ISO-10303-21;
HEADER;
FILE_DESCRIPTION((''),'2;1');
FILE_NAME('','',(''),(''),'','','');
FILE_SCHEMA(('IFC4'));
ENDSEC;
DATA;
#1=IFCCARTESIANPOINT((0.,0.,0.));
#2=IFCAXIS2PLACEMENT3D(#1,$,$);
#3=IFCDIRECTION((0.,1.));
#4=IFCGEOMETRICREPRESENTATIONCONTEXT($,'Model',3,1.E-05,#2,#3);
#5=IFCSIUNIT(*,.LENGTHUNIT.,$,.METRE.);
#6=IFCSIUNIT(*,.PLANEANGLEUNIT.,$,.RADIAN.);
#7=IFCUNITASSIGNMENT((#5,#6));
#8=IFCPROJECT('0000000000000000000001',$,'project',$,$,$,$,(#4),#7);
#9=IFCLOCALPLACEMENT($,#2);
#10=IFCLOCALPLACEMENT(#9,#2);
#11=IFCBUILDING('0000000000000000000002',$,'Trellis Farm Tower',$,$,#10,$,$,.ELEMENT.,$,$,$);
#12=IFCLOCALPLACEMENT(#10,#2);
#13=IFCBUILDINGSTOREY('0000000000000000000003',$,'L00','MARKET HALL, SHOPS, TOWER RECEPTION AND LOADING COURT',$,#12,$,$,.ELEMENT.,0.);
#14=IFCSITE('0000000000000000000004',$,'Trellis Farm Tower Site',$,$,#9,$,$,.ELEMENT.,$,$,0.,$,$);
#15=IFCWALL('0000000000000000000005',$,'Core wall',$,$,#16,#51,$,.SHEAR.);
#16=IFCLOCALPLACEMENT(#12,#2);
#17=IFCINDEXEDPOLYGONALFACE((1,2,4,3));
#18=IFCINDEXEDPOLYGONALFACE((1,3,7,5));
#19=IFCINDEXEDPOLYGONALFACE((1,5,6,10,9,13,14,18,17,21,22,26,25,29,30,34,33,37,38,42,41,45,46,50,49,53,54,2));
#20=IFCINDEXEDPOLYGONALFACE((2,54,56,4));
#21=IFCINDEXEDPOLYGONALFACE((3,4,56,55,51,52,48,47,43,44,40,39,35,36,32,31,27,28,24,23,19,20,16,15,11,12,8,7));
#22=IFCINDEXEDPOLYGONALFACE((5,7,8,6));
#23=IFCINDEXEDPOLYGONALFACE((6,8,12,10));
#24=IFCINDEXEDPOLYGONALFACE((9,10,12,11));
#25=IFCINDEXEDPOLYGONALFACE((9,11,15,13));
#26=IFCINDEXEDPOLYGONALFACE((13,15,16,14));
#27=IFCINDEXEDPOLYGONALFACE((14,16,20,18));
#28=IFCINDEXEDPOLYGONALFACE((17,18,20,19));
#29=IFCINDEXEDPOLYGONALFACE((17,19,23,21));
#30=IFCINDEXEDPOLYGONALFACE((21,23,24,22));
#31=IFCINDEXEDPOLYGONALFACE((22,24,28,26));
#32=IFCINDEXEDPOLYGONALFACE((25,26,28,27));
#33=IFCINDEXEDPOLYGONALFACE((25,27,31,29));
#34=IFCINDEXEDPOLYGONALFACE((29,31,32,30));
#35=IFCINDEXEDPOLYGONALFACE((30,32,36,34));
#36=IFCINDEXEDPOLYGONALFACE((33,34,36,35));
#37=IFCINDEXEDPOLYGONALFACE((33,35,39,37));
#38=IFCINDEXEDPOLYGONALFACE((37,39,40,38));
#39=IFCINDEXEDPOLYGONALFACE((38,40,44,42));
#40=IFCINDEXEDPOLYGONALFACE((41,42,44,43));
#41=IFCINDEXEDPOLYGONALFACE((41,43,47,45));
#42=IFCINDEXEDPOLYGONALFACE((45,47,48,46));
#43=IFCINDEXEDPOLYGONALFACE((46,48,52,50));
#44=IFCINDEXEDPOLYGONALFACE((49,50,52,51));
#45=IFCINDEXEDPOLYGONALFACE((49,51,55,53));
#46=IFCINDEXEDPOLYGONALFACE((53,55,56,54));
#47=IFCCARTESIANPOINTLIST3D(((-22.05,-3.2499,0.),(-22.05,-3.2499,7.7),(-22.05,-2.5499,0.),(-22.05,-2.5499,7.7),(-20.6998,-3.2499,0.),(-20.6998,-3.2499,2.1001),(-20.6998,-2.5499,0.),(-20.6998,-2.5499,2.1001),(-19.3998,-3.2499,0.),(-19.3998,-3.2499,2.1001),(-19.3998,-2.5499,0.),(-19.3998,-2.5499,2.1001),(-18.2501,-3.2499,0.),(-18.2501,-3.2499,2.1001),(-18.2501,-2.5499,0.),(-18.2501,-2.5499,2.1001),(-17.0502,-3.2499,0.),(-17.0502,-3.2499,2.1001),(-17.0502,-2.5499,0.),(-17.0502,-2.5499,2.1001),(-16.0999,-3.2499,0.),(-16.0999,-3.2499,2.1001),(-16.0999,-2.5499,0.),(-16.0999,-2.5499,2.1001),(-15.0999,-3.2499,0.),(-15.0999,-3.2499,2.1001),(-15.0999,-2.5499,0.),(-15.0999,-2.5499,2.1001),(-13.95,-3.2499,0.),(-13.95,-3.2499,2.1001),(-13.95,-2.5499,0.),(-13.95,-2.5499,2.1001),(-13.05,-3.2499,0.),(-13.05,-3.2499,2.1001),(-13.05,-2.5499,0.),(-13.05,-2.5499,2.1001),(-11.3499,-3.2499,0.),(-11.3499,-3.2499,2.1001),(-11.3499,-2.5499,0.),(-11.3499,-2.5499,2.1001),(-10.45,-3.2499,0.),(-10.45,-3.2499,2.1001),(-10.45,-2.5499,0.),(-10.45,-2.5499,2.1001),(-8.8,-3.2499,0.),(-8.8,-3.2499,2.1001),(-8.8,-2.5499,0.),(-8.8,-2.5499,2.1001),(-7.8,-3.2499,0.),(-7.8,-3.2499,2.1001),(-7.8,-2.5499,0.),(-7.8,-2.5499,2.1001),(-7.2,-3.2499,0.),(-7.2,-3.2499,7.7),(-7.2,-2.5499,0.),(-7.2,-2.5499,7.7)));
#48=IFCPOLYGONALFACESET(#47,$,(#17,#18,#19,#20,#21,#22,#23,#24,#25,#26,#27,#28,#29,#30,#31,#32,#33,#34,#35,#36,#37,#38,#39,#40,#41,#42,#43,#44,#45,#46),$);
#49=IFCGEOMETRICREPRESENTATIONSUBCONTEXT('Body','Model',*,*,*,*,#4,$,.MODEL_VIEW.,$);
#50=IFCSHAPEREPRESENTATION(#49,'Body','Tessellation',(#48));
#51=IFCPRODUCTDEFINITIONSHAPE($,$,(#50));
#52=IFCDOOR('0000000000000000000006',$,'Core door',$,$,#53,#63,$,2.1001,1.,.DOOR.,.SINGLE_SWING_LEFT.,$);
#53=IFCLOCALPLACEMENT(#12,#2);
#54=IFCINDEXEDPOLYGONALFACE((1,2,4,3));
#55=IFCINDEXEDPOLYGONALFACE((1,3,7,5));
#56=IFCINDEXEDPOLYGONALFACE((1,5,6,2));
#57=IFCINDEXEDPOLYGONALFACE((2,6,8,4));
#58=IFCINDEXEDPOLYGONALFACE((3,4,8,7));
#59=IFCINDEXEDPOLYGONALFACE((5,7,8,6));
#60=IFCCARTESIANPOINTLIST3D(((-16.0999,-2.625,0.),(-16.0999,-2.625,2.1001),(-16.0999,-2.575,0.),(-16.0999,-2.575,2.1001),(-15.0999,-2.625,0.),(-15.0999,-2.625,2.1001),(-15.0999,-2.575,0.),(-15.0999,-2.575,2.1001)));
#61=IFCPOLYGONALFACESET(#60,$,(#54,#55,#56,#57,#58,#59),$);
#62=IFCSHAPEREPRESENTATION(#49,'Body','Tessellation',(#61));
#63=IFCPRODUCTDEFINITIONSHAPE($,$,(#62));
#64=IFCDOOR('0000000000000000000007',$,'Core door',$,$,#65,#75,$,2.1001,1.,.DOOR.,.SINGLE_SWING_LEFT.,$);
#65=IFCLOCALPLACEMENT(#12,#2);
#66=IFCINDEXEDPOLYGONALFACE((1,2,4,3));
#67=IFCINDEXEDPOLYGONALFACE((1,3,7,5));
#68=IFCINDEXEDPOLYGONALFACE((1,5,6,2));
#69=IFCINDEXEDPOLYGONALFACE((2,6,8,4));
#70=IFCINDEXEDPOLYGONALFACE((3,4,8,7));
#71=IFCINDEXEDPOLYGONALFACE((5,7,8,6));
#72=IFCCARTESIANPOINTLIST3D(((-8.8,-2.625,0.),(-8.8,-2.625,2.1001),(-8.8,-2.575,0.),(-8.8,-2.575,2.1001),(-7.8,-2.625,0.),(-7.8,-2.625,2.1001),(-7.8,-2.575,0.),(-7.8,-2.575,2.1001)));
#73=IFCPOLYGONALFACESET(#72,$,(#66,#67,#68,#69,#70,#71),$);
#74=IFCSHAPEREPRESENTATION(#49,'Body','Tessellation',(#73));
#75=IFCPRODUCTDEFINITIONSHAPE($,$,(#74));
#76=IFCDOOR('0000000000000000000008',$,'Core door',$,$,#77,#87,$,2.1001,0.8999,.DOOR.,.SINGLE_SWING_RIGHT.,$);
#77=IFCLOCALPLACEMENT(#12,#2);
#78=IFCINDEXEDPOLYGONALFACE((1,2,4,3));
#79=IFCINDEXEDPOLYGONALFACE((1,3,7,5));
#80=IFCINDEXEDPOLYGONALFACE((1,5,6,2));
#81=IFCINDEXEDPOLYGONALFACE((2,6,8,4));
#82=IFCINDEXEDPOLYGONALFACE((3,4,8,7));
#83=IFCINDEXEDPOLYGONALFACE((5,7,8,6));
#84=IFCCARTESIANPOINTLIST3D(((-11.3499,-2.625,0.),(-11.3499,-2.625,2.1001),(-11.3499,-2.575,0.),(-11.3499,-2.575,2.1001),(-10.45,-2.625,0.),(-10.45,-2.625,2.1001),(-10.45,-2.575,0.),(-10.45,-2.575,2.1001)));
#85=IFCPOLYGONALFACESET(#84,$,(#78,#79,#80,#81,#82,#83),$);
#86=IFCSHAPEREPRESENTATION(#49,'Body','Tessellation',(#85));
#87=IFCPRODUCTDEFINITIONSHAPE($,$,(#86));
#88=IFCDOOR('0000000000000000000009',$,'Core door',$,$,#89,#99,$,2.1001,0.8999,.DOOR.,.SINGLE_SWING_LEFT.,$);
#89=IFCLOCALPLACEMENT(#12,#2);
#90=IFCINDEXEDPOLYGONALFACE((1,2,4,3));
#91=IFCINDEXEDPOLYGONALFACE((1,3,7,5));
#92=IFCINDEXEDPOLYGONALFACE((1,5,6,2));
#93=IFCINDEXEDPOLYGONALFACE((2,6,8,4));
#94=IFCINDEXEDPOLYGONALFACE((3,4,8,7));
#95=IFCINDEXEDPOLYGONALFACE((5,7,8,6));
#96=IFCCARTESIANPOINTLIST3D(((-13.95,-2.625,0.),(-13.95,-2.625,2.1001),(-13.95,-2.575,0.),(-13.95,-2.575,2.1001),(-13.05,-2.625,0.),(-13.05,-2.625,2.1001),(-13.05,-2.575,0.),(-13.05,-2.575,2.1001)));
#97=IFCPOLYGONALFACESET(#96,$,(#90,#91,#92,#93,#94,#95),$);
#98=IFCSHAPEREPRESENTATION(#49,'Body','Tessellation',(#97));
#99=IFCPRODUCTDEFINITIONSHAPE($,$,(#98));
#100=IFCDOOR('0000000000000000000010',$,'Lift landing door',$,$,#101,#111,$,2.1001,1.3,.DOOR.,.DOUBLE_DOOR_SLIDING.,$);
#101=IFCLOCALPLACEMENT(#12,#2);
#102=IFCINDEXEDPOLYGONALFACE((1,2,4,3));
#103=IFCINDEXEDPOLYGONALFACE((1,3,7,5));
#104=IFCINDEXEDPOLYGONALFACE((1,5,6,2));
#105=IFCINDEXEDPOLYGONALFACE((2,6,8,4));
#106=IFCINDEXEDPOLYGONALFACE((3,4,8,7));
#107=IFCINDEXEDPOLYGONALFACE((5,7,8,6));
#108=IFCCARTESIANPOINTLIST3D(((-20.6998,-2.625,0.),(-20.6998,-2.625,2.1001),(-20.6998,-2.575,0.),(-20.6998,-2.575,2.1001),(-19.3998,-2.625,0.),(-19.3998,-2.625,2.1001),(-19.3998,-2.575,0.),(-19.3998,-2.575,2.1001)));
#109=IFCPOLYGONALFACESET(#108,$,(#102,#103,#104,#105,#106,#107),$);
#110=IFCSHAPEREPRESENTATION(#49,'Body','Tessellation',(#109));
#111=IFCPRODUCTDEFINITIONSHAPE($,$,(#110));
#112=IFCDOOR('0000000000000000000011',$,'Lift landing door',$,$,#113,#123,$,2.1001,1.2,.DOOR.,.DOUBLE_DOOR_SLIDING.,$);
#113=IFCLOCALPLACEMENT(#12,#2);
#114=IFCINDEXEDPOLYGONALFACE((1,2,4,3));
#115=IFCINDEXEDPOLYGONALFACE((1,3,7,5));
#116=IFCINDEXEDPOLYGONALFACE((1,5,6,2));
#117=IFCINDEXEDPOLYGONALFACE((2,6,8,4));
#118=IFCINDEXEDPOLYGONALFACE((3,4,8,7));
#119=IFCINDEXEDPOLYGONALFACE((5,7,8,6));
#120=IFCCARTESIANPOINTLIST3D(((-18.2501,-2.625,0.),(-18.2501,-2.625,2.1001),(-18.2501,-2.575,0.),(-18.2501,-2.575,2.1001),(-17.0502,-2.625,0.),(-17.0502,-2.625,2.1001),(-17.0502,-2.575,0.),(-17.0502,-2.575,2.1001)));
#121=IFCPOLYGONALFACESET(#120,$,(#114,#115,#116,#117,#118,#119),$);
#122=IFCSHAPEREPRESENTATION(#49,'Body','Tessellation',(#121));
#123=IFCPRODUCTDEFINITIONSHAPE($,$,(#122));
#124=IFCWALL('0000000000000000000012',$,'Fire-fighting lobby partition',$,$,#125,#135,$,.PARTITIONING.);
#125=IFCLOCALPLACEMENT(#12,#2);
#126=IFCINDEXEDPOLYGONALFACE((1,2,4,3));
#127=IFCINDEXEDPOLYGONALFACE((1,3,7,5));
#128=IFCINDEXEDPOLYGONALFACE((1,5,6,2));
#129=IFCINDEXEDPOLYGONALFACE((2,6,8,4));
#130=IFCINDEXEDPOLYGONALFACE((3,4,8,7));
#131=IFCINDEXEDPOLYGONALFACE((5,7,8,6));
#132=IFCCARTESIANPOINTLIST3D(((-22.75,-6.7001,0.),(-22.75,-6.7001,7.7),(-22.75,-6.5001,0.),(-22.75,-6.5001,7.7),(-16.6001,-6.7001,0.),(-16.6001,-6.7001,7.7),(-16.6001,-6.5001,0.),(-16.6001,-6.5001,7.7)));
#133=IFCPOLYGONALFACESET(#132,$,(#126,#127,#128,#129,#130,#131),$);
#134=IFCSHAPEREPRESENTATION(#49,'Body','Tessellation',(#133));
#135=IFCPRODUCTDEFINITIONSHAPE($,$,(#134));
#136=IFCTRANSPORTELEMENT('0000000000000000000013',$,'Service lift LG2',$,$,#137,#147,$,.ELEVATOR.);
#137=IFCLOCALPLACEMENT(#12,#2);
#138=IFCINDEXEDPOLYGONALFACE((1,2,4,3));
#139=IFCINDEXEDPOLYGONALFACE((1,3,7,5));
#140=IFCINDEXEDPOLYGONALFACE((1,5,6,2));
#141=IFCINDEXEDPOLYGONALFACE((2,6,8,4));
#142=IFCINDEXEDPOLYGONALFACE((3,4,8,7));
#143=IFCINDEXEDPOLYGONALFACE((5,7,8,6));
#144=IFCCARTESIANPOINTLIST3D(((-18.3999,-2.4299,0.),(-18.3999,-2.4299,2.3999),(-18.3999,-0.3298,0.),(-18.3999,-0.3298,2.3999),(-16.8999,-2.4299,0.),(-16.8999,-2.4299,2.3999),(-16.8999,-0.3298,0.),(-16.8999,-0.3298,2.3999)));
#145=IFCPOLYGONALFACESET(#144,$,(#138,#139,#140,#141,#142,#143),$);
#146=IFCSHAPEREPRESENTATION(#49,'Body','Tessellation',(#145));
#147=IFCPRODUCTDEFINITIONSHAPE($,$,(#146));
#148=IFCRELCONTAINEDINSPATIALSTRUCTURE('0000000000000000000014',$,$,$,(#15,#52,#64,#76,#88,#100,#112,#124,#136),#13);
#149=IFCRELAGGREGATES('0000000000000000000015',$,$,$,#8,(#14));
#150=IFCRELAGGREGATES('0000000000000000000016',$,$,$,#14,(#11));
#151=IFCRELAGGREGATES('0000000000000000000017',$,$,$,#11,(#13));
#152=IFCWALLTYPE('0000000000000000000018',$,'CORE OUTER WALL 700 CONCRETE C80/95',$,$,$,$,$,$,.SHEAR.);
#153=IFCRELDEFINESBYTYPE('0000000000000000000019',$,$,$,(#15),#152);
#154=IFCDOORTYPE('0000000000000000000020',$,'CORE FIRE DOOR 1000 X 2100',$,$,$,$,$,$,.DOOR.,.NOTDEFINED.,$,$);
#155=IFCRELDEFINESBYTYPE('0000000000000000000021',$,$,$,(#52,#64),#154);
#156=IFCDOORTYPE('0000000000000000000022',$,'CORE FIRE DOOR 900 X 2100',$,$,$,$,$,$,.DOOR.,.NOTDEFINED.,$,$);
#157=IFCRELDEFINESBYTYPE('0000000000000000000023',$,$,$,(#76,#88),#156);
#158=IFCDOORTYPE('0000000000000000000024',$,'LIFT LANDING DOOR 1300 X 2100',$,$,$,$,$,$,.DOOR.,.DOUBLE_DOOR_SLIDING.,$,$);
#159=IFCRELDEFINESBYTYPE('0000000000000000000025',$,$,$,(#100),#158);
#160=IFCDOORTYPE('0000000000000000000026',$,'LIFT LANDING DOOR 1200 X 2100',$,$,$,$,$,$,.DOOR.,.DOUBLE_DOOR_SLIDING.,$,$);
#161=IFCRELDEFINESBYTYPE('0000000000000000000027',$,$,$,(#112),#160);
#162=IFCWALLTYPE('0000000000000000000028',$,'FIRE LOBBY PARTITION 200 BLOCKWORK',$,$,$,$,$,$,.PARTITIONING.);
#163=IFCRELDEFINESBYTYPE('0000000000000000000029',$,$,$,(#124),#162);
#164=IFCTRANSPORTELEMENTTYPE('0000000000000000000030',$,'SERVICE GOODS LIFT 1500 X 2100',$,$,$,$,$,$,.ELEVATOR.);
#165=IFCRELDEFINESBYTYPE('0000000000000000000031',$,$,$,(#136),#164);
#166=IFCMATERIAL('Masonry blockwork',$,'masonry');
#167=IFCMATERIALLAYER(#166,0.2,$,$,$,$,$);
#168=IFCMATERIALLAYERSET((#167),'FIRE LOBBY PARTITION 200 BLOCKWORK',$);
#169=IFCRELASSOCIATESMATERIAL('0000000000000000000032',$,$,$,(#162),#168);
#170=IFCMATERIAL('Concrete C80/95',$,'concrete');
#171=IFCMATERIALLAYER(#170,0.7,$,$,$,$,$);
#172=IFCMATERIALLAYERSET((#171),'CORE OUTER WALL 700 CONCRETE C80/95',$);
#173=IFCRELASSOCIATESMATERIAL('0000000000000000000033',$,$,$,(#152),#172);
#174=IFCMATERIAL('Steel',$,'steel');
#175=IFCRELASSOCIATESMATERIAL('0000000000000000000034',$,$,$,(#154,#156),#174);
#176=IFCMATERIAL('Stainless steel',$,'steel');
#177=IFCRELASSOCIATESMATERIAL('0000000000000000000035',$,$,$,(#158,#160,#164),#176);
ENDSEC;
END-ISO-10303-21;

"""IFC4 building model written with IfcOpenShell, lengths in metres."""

from ifc_helpers import new_model, si_unit, direction, frame, frame_2d, origin, origin_2d, place, context, subcontext, project, spatial, rectangle, extrude, source, transform, mapped, material, layer, layer_set, type_object, element, fill, save


model = new_model("IFC4")

# Units and contexts
model_context = context("Model", 3, precision=1e-05, world=origin(), true_north=direction((0.0, 1.0)))
body_context = subcontext(model_context, "Body", "Model", "MODEL_VIEW")
ifc_project = project(units=[si_unit("LENGTHUNIT", "METRE"), si_unit("PLANEANGLEUNIT", "RADIAN")], contexts=[model_context])

# Site, building, storey
site_placement = place(None, origin())
site = spatial("IfcSite", under=ifc_project, at=site_placement, Name="Trellis Farm Tower Site", CompositionType="ELEMENT", RefElevation=0.0)
building_placement = place(site_placement, origin())
building = spatial("IfcBuilding", under=site, at=building_placement, Name="Trellis Farm Tower", CompositionType="ELEMENT")
storey_placement = place(building_placement, origin())
storey = spatial("IfcBuildingStorey", under=building, at=storey_placement, Name="L00", Description="MARKET HALL, SHOPS, TOWER RECEPTION AND LOADING COURT", CompositionType="ELEMENT", Elevation=0.0)

# Shared definitions
ifc_material_1 = material(Name="Concrete C80/95", Category="concrete")

# Shared definitions
ifc_material_2 = material(Name="Masonry blockwork", Category="masonry")
ifc_layer_1 = layer(ifc_material_2, 0.2)
ifc_layer_set_1 = layer_set([ifc_layer_1], Name="FIRE LOBBY PARTITION 200 BLOCKWORK")
wall_type_1 = type_object("IfcWallType", Name="FIRE LOBBY PARTITION 200 BLOCKWORK", PredefinedType="PARTITIONING", material=ifc_layer_set_1)
ifc_material_3 = material(Name="Steel", Category="steel")

# Wall, openings, doors
ifc_layer_2 = layer(ifc_material_1, 0.7)
ifc_layer_set_2 = layer_set([ifc_layer_2], Name="CORE OUTER WALL 700 CONCRETE C80/95")
wall_type_2 = type_object("IfcWallType", Name="CORE OUTER WALL 700 CONCRETE C80/95", PredefinedType="SHEAR", material=ifc_layer_set_2)
shared_shape_1 = source(origin(), body_context, "Body", "SweptSolid", [
    extrude(rectangle(XDim=14.8501, YDim=0.7, at=frame_2d((7.425, 0.0))), origin(), (0.0, 0.0, 1.0), 7.7),
])
wall_1_placement = place(storey_placement, frame((-7.2, -2.8999, 0.0), z_axis=(0.0, 0.0, 1.0), x_axis=(-1.0, 0.0, 0.0)))
wall_1 = element("IfcWall", 1, at=wall_1_placement, inside=storey, type_object=wall_type_2, Name="Core wall", PredefinedType="SHEAR", context=body_context, shape_type="MappedRepresentation", body=[
    mapped(shared_shape_1, transform((0.0, 0.0, 0.0))),
])
shared_shape_2 = source(origin(), body_context, "Body", "SweptSolid", [
    extrude(rectangle(XDim=1.3, YDim=2.1001, at=frame_2d((0.6499, 1.05))), frame((0.0, 0.3601, 0.0), z_axis=(0.0, -1.0, 0.0), x_axis=(1.0, 0.0, 0.0)), (0.0, 0.0, 1.0), 0.7202),
])
opening_1_placement = place(wall_1_placement, frame((12.2, 0.0, 0.0)))
opening_1 = element("IfcOpeningElement", 2, at=opening_1_placement, cuts=wall_1, PredefinedType="OPENING", context=body_context, shape_type="MappedRepresentation", body=[
    mapped(shared_shape_2, transform((0.0, 0.0, 0.0))),
])
shared_shape_3 = source(origin(), body_context, "Body", "SweptSolid", [
    extrude(rectangle(XDim=1.2, YDim=2.1001, at=frame_2d((0.6001, 1.05))), frame((0.0, 0.3601, 0.0), z_axis=(0.0, -1.0, 0.0), x_axis=(1.0, 0.0, 0.0)), (0.0, 0.0, 1.0), 0.7202),
])
opening_2_placement = place(wall_1_placement, frame((9.8501, 0.0, 0.0)))
opening_2 = element("IfcOpeningElement", 3, at=opening_2_placement, cuts=wall_1, PredefinedType="OPENING", context=body_context, shape_type="MappedRepresentation", body=[
    mapped(shared_shape_3, transform((0.0, 0.0, 0.0))),
])
shared_shape_4 = source(origin(), body_context, "Body", "SweptSolid", [
    extrude(rectangle(XDim=1.0, YDim=2.1001, at=frame_2d((0.5, 1.05))), frame((0.0, 0.3601, 0.0), z_axis=(0.0, -1.0, 0.0), x_axis=(1.0, 0.0, 0.0)), (0.0, 0.0, 1.0), 0.7202),
])
opening_3_placement = place(wall_1_placement, frame((7.8999, 0.0, 0.0)))
opening_3 = element("IfcOpeningElement", 4, at=opening_3_placement, cuts=wall_1, PredefinedType="OPENING", context=body_context, shape_type="MappedRepresentation", body=[
    mapped(shared_shape_4, transform((0.0, 0.0, 0.0))),
])
opening_4_placement = place(wall_1_placement, frame((0.6001, 0.0, 0.0)))
opening_4 = element("IfcOpeningElement", 5, at=opening_4_placement, cuts=wall_1, PredefinedType="OPENING", context=body_context, shape_type="MappedRepresentation", body=[
    mapped(shared_shape_4, transform((0.0, 0.0, 0.0))),
])
shared_shape_5 = source(origin(), body_context, "Body", "SweptSolid", [
    extrude(rectangle(XDim=0.8999, YDim=2.1001, at=frame_2d((0.45, 1.05))), frame((0.0, 0.3601, 0.0), z_axis=(0.0, -1.0, 0.0), x_axis=(1.0, 0.0, 0.0)), (0.0, 0.0, 1.0), 0.7202),
])
opening_5_placement = place(wall_1_placement, frame((3.25, 0.0, 0.0)))
opening_5 = element("IfcOpeningElement", 6, at=opening_5_placement, cuts=wall_1, PredefinedType="OPENING", context=body_context, shape_type="MappedRepresentation", body=[
    mapped(shared_shape_5, transform((0.0, 0.0, 0.0))),
])
opening_6_placement = place(wall_1_placement, frame((5.8501, 0.0, 0.0)))
opening_6 = element("IfcOpeningElement", 7, at=opening_6_placement, cuts=wall_1, PredefinedType="OPENING", context=body_context, shape_type="MappedRepresentation", body=[
    mapped(shared_shape_5, transform((0.0, 0.0, 0.0))),
])
door_type_1 = type_object("IfcDoorType", Name="CORE FIRE DOOR 1000 X 2100", OperationType="NOTDEFINED", PredefinedType="DOOR", material=ifc_material_3)
shared_shape_6 = source(origin(), body_context, "Body", "SweptSolid", [
    extrude(rectangle(XDim=1.0, YDim=2.1001, at=frame_2d((0.5, 1.05))), frame((0.0, -0.2749, 0.0), z_axis=(0.0, -1.0, 0.0), x_axis=(1.0, 0.0, 0.0)), (0.0, 0.0, 1.0), 0.05),
])
door_1_placement = place(opening_3_placement, origin())
door_1 = element("IfcDoor", 8, at=door_1_placement, inside=storey, type_object=door_type_1, Name="Core door", OperationType="SINGLE_SWING_LEFT", OverallHeight=2.1001, OverallWidth=1.0, PredefinedType="DOOR", context=body_context, shape_type="MappedRepresentation", body=[
    mapped(shared_shape_6, transform((0.0, 0.0, 0.0))),
])
fill(opening_3, door_1)
door_2_placement = place(opening_4_placement, origin())
door_2 = element("IfcDoor", 9, at=door_2_placement, inside=storey, type_object=door_type_1, Name="Core door", OperationType="SINGLE_SWING_LEFT", OverallHeight=2.1001, OverallWidth=1.0, PredefinedType="DOOR", context=body_context, shape_type="MappedRepresentation", body=[
    mapped(shared_shape_6, transform((0.0, 0.0, 0.0))),
])
fill(opening_4, door_2)
door_type_2 = type_object("IfcDoorType", Name="CORE FIRE DOOR 900 X 2100", OperationType="NOTDEFINED", PredefinedType="DOOR", material=ifc_material_3)
shared_shape_7 = source(origin(), body_context, "Body", "SweptSolid", [
    extrude(rectangle(XDim=0.8999, YDim=2.1001, at=frame_2d((0.45, 1.05))), frame((0.0, -0.2749, 0.0), z_axis=(0.0, -1.0, 0.0), x_axis=(1.0, 0.0, 0.0)), (0.0, 0.0, 1.0), 0.05),
])
door_3_placement = place(opening_5_placement, origin())
door_3 = element("IfcDoor", 10, at=door_3_placement, inside=storey, type_object=door_type_2, Name="Core door", OperationType="SINGLE_SWING_RIGHT", OverallHeight=2.1001, OverallWidth=0.8999, PredefinedType="DOOR", context=body_context, shape_type="MappedRepresentation", body=[
    mapped(shared_shape_7, transform((0.0, 0.0, 0.0))),
])
fill(opening_5, door_3)
door_4_placement = place(opening_6_placement, origin())
door_4 = element("IfcDoor", 11, at=door_4_placement, inside=storey, type_object=door_type_2, Name="Core door", OperationType="SINGLE_SWING_LEFT", OverallHeight=2.1001, OverallWidth=0.8999, PredefinedType="DOOR", context=body_context, shape_type="MappedRepresentation", body=[
    mapped(shared_shape_7, transform((0.0, 0.0, 0.0))),
])
fill(opening_6, door_4)
ifc_material_4 = material(Name="Stainless steel", Category="steel")
door_type_3 = type_object("IfcDoorType", Name="LIFT LANDING DOOR 1300 X 2100", OperationType="DOUBLE_DOOR_SLIDING", PredefinedType="DOOR", material=ifc_material_4)
shared_shape_8 = source(origin(), body_context, "Body", "SweptSolid", [
    extrude(rectangle(XDim=1.3, YDim=2.1001, at=frame_2d((0.6499, 1.05))), frame((0.0, -0.2749, 0.0), z_axis=(0.0, -1.0, 0.0), x_axis=(1.0, 0.0, 0.0)), (0.0, 0.0, 1.0), 0.05),
])
door_5_placement = place(opening_1_placement, origin())
door_5 = element("IfcDoor", 12, at=door_5_placement, inside=storey, type_object=door_type_3, Name="Lift landing door", OperationType="DOUBLE_DOOR_SLIDING", OverallHeight=2.1001, OverallWidth=1.3, PredefinedType="DOOR", context=body_context, shape_type="MappedRepresentation", body=[
    mapped(shared_shape_8, transform((0.0, 0.0, 0.0))),
])
fill(opening_1, door_5)
door_type_4 = type_object("IfcDoorType", Name="LIFT LANDING DOOR 1200 X 2100", OperationType="DOUBLE_DOOR_SLIDING", PredefinedType="DOOR", material=ifc_material_4)
shared_shape_9 = source(origin(), body_context, "Body", "SweptSolid", [
    extrude(rectangle(XDim=1.2, YDim=2.1001, at=frame_2d((0.6001, 1.05))), frame((0.0, -0.2749, 0.0), z_axis=(0.0, -1.0, 0.0), x_axis=(1.0, 0.0, 0.0)), (0.0, 0.0, 1.0), 0.05),
])
door_6_placement = place(opening_2_placement, origin())
door_6 = element("IfcDoor", 13, at=door_6_placement, inside=storey, type_object=door_type_4, Name="Lift landing door", OperationType="DOUBLE_DOOR_SLIDING", OverallHeight=2.1001, OverallWidth=1.2, PredefinedType="DOOR", context=body_context, shape_type="MappedRepresentation", body=[
    mapped(shared_shape_9, transform((0.0, 0.0, 0.0))),
])
fill(opening_2, door_6)

# Wall
shared_shape_10 = source(origin(), body_context, "Body", "SweptSolid", [
    extrude(rectangle(XDim=6.1499, YDim=0.2, at=frame_2d((3.075, 0.0))), origin(), (0.0, 0.0, 1.0), 7.7),
])
wall_2_placement = place(storey_placement, frame((-16.6001, -6.6001, 0.0), z_axis=(0.0, 0.0, 1.0), x_axis=(-1.0, 0.0, 0.0)))
element("IfcWall", 14, at=wall_2_placement, inside=storey, type_object=wall_type_1, Name="Fire-fighting lobby partition", PredefinedType="PARTITIONING", context=body_context, shape_type="MappedRepresentation", body=[
    mapped(shared_shape_10, transform((0.0, 0.0, 0.0))),
])

# Transport element
transport_element_type = type_object("IfcTransportElementType", Name="SERVICE GOODS LIFT 1500 X 2100", PredefinedType="ELEVATOR", material=ifc_material_4)
shared_shape_11 = source(origin(), body_context, "Body", "SweptSolid", [
    extrude(rectangle(XDim=1.5, YDim=2.1001, at=origin_2d()), origin(), (0.0, 0.0, 1.0), 2.3999),
])
transport_element_placement = place(storey_placement, frame((-17.6499, -1.3799, 0.0), z_axis=(0.0, 0.0, 1.0), x_axis=(-1.0, 0.0, 0.0)))
element("IfcTransportElement", 15, at=transport_element_placement, inside=storey, type_object=transport_element_type, Name="Service lift LG2", PredefinedType="ELEVATOR", context=body_context, shape_type="MappedRepresentation", body=[
    mapped(shared_shape_11, transform((0.0, 0.0, 0.0))),
])

save(model, "model.ifc")
